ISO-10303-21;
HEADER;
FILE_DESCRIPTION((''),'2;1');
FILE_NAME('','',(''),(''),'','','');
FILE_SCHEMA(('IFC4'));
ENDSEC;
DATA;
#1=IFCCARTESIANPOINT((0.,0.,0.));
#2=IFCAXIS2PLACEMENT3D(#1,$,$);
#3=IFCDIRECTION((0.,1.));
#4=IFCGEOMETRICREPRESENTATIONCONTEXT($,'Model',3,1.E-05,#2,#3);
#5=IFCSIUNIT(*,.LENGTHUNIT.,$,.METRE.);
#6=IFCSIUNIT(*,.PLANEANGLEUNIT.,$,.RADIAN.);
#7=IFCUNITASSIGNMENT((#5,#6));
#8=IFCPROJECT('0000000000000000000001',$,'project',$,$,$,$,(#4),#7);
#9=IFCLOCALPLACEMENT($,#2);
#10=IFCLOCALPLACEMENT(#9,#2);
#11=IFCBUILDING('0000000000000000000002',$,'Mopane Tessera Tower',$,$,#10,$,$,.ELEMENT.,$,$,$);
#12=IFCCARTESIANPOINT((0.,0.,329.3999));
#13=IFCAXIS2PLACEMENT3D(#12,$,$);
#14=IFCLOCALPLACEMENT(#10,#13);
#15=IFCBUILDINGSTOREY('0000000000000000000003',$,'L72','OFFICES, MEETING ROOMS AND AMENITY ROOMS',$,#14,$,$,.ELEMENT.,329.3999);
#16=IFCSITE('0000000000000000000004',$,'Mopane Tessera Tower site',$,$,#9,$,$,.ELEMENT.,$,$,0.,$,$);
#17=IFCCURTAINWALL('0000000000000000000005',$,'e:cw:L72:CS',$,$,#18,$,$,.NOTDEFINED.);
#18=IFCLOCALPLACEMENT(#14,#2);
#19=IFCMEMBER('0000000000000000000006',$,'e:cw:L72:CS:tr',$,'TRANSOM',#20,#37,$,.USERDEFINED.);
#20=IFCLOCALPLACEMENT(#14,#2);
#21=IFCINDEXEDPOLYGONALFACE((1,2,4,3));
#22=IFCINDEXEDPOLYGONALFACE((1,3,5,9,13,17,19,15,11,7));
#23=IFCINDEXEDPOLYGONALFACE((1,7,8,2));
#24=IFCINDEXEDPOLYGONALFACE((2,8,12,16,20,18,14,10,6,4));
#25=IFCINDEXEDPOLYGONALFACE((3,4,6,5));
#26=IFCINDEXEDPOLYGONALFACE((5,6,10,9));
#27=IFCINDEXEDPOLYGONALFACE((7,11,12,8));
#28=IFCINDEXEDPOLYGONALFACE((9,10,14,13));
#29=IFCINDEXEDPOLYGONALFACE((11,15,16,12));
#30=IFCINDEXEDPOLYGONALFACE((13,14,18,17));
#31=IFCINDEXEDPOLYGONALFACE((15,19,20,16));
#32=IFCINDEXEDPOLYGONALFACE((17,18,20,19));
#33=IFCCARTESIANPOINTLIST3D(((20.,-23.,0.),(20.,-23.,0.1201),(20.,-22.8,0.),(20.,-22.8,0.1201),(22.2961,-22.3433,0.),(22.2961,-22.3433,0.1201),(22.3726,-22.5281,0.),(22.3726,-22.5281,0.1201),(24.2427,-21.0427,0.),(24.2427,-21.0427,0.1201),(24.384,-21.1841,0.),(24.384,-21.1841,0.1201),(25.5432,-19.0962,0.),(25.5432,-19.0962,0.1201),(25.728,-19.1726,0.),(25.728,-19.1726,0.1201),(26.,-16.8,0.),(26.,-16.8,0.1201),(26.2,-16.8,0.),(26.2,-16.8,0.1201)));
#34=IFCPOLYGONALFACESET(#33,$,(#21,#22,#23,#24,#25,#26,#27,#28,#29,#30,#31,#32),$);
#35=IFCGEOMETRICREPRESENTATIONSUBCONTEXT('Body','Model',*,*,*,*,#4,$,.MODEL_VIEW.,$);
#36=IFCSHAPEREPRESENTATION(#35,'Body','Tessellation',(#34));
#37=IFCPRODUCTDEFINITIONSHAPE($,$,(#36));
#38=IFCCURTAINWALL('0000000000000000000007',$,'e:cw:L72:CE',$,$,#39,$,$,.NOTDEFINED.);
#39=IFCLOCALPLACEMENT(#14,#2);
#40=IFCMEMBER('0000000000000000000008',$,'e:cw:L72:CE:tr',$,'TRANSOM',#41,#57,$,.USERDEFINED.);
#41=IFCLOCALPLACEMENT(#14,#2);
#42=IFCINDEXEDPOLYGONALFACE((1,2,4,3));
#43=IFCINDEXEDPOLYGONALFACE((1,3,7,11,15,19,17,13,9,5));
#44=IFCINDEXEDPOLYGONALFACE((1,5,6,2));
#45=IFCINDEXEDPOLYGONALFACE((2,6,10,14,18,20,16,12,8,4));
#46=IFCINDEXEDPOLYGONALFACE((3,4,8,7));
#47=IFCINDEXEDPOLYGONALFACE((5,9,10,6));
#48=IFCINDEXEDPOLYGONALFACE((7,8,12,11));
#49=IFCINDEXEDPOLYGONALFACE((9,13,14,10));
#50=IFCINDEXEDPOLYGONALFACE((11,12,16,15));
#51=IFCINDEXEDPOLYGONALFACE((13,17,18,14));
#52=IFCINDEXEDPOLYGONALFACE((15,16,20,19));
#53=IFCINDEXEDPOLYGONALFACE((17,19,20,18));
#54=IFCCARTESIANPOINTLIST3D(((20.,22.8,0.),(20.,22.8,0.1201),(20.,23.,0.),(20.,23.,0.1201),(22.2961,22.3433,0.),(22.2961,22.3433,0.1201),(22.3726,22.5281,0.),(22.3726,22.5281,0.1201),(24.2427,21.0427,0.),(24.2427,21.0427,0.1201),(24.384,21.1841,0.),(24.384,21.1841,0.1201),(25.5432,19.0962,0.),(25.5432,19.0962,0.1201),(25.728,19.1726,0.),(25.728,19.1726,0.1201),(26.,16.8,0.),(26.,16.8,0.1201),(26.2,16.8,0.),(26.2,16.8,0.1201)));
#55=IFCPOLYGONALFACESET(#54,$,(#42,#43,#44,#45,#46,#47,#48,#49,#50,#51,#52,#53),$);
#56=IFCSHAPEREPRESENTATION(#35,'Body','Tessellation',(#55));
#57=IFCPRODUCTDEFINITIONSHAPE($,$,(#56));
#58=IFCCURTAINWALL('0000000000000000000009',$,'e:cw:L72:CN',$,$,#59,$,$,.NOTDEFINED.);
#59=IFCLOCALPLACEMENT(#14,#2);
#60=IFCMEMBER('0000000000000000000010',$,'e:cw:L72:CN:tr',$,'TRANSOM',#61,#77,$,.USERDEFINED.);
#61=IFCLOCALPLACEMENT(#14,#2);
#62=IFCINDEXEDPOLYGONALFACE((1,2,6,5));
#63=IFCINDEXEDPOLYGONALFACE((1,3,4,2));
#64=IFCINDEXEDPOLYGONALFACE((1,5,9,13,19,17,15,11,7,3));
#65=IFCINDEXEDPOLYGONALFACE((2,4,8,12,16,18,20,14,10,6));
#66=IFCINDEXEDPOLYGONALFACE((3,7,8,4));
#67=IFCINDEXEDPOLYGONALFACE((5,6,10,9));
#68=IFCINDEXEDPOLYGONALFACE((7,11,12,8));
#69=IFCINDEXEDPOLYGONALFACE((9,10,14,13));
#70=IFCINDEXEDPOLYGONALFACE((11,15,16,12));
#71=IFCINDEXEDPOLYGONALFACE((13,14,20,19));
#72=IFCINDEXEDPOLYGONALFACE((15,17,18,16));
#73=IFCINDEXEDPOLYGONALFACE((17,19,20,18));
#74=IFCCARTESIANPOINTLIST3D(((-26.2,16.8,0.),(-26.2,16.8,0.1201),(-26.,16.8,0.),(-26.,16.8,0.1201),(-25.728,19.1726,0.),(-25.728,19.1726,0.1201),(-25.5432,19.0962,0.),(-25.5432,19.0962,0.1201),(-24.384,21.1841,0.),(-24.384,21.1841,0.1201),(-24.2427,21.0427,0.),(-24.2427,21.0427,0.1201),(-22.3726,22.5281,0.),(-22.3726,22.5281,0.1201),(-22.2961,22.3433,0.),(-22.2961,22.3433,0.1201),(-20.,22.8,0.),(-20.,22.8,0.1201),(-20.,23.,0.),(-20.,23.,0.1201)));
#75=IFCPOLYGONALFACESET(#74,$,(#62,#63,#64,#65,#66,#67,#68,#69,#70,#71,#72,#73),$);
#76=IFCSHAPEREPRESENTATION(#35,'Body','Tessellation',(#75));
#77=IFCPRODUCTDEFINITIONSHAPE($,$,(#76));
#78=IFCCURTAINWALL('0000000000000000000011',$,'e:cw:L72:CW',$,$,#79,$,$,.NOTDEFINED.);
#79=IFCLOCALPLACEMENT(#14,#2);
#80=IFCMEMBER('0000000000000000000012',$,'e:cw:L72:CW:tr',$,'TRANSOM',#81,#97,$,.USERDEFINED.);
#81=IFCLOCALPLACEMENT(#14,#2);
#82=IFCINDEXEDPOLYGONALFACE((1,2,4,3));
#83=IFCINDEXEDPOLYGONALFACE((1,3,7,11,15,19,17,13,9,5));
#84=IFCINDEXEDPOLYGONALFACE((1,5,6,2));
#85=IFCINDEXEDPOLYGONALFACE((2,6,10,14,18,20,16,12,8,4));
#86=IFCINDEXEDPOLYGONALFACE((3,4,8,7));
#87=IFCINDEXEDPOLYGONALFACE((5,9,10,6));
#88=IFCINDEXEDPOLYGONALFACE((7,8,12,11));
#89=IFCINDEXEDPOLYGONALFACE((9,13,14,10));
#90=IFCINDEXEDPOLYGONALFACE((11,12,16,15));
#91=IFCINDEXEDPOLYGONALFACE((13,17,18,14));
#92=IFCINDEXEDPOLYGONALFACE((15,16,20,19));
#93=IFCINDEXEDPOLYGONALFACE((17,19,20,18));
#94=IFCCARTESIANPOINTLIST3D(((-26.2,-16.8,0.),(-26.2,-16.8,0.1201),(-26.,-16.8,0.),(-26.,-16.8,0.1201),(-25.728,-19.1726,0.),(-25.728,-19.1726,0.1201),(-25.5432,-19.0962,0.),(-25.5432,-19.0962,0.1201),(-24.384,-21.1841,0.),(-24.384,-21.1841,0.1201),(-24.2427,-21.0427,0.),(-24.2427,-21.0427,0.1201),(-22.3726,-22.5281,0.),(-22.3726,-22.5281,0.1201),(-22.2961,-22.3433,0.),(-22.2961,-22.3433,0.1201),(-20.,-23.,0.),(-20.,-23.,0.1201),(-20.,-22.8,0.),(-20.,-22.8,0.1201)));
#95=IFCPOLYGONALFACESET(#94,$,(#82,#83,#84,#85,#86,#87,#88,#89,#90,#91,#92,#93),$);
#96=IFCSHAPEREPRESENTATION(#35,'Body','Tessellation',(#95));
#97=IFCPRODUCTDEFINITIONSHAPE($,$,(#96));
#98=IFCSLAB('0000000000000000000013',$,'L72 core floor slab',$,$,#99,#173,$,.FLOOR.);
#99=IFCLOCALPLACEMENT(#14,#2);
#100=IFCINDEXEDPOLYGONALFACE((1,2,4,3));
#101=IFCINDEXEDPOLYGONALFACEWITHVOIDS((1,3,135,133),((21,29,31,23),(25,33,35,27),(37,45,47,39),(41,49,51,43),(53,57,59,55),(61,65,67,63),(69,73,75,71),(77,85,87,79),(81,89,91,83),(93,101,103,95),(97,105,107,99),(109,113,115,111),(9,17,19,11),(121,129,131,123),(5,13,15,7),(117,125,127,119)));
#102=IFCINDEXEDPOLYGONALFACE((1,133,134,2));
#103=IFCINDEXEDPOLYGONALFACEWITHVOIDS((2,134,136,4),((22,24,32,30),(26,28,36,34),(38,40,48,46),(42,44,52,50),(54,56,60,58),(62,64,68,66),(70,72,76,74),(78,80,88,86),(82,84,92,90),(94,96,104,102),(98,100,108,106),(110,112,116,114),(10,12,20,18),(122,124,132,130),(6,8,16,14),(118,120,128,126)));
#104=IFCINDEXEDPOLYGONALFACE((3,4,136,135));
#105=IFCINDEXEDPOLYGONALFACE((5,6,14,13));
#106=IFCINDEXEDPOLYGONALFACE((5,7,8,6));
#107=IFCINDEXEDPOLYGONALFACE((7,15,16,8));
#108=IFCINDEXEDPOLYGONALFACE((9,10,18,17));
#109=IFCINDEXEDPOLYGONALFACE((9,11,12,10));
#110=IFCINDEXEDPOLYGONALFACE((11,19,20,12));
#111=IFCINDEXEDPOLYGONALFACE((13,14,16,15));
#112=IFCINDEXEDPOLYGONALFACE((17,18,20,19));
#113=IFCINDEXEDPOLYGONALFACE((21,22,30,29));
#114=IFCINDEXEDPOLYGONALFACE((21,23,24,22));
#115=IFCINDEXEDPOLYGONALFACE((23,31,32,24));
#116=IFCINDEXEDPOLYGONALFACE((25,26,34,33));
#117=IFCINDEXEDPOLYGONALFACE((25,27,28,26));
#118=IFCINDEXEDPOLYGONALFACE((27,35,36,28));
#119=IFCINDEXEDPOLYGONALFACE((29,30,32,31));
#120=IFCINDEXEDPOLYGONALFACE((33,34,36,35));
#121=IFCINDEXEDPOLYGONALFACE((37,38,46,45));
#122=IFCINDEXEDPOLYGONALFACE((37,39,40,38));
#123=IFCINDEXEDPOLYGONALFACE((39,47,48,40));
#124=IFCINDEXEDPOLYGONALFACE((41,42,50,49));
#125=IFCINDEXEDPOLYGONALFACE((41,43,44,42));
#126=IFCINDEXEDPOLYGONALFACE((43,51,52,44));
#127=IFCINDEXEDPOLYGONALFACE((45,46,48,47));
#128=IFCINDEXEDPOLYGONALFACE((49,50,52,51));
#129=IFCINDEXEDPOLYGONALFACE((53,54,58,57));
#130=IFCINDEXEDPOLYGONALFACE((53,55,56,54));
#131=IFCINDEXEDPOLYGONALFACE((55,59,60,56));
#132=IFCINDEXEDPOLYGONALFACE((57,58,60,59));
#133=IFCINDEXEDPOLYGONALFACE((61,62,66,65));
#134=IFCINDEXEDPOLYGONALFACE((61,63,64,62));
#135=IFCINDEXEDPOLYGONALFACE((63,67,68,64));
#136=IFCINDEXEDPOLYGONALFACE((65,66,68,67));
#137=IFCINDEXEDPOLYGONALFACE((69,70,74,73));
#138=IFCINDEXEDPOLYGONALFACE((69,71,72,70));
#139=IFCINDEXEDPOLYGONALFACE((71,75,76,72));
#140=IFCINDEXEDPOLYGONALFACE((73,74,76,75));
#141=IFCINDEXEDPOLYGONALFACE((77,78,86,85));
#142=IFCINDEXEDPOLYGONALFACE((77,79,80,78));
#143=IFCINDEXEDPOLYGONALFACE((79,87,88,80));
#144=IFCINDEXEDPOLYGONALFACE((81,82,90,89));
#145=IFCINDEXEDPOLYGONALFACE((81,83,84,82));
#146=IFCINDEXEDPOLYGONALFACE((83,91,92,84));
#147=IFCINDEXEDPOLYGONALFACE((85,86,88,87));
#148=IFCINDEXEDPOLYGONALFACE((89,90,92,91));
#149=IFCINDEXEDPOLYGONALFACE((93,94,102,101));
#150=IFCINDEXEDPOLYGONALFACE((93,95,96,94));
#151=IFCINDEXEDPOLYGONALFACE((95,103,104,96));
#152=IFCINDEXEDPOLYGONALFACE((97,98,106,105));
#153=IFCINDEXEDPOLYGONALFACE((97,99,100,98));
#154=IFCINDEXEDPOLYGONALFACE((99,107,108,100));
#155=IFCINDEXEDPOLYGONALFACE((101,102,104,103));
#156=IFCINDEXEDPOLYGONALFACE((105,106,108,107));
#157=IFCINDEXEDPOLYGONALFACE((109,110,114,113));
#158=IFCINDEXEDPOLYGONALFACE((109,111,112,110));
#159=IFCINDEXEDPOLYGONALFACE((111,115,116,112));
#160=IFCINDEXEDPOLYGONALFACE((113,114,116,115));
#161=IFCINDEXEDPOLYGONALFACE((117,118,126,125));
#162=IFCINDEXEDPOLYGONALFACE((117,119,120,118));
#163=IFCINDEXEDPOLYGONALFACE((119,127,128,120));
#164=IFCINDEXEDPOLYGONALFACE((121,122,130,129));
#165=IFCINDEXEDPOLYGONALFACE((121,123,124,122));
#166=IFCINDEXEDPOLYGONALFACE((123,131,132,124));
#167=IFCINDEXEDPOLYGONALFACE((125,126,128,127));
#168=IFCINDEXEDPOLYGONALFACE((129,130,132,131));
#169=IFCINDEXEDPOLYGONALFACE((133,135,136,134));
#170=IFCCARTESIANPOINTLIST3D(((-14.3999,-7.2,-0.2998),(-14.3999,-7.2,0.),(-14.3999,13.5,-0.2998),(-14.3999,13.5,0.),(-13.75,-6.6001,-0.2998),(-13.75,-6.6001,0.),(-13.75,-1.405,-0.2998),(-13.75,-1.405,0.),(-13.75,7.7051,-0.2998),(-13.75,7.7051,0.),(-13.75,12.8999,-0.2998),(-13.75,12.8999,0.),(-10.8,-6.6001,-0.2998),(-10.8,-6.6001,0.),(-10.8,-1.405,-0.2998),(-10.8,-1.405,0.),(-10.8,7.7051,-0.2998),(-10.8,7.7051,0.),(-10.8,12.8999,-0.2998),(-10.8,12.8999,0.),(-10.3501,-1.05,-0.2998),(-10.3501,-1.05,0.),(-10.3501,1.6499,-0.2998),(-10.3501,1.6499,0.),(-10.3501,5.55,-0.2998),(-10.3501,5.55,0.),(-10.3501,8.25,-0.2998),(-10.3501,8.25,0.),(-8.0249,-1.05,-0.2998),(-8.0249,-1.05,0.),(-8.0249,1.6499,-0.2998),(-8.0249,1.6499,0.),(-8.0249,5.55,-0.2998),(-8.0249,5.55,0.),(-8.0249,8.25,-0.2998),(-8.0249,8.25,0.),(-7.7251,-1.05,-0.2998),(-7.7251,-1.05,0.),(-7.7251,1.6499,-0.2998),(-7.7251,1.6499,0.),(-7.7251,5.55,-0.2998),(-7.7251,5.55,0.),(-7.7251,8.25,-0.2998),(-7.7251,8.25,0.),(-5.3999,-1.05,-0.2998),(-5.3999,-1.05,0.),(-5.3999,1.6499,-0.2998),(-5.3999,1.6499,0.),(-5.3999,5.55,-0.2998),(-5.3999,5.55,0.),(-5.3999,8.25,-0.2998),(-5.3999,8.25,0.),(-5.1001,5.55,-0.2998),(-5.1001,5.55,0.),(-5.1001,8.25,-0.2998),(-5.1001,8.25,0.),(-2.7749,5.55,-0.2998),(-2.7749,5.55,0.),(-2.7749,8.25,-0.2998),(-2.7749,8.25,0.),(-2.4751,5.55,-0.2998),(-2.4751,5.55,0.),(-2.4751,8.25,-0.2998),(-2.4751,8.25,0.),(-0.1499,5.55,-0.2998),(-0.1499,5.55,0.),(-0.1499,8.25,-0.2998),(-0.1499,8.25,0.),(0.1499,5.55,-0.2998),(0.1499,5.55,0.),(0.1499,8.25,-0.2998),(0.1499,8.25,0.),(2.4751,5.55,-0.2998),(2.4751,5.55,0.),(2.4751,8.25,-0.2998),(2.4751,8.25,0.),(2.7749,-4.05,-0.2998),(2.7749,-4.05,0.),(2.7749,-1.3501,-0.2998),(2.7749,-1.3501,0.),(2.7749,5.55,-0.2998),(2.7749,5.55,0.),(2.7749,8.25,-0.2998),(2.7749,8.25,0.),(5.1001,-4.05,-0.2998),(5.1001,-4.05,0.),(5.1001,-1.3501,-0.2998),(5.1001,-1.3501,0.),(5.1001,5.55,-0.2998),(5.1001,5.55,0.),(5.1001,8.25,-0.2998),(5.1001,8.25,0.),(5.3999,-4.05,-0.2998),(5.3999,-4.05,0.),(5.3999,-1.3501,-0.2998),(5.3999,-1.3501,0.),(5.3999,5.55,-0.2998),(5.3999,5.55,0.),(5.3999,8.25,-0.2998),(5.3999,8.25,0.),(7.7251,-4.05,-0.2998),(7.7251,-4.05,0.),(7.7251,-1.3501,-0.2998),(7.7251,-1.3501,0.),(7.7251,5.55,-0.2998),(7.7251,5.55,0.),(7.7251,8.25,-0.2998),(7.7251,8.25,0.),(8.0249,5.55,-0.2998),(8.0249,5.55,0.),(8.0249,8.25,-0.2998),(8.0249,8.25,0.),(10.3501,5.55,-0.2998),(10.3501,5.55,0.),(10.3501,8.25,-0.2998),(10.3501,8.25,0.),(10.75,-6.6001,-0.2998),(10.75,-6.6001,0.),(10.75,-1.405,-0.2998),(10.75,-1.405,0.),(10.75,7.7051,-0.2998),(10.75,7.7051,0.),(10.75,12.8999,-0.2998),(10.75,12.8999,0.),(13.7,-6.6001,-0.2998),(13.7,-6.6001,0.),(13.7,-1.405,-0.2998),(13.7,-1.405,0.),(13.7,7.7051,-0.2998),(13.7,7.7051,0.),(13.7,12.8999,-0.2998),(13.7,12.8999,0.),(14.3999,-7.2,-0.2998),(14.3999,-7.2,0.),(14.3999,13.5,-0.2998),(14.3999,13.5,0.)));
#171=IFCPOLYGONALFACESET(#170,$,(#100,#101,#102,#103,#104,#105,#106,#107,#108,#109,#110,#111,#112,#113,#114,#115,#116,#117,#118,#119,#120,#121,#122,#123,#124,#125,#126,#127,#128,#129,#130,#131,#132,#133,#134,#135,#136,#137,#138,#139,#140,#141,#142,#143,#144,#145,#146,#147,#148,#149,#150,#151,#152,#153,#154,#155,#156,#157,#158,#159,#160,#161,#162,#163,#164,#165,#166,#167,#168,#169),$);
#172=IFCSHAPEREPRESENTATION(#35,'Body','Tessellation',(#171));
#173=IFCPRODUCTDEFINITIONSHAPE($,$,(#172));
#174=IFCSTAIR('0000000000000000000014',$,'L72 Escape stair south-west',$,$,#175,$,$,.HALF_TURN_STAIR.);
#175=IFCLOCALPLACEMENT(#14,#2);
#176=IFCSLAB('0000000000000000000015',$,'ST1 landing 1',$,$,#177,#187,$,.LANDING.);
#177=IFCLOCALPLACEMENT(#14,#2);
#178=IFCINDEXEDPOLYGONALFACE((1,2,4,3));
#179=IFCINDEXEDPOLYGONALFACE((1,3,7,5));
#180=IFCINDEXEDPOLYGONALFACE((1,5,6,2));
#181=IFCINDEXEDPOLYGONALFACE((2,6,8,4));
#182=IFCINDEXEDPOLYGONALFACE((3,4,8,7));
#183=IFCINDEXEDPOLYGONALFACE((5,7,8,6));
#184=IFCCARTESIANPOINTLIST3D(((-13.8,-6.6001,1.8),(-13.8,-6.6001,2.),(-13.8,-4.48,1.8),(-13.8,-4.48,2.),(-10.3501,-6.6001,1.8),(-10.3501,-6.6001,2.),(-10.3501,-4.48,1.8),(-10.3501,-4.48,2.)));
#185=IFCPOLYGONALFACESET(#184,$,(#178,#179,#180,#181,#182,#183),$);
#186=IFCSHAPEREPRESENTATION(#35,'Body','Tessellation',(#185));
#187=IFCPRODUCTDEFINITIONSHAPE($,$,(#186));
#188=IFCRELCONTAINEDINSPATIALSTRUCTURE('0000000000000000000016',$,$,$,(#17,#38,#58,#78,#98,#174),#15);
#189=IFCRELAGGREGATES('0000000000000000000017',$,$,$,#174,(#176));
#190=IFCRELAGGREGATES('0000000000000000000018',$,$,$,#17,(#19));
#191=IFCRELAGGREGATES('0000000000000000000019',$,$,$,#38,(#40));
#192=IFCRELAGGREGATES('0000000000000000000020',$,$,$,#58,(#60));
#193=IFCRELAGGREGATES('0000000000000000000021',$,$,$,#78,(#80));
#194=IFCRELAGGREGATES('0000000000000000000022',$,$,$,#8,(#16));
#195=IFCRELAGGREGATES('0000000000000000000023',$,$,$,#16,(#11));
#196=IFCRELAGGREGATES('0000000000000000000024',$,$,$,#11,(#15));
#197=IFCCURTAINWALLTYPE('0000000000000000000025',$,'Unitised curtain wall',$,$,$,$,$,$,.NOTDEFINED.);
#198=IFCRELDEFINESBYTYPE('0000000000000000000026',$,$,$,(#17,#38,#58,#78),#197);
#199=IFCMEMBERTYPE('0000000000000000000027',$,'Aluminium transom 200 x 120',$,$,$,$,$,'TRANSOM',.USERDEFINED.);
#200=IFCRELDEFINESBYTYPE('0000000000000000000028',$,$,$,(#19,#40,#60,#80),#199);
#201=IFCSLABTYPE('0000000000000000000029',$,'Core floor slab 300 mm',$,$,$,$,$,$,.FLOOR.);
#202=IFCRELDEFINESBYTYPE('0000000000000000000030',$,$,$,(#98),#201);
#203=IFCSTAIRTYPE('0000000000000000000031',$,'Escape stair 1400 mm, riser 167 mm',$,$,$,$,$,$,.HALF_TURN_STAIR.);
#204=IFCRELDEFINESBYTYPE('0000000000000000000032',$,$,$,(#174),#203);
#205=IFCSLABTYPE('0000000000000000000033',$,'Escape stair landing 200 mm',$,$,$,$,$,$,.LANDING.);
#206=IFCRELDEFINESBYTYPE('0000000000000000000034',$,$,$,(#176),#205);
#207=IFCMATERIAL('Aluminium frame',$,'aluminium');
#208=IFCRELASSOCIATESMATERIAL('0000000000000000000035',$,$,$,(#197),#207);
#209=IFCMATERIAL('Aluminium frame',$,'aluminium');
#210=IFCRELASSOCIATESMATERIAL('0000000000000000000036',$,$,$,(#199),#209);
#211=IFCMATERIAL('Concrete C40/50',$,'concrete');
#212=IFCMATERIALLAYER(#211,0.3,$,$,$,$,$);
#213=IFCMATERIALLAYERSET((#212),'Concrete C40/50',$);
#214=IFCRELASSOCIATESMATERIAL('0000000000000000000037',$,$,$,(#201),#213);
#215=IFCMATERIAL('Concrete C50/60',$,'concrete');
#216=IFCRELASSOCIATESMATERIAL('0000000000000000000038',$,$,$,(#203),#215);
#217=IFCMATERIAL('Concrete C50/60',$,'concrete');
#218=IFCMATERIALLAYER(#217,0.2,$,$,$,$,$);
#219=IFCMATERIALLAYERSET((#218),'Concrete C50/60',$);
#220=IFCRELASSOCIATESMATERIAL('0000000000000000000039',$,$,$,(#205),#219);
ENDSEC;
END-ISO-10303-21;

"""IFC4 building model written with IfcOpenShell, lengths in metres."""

from ifc_helpers import new_model, si_unit, direction, frame, origin, origin_2d, place, context, subcontext, project, spatial, polyline, rectangle, outline, extrude, material, layer, layer_set, material_profile, profile_set, type_object, element, aggregate, save


model = new_model("IFC4")

# Units and contexts
model_context = context("Model", 3, precision=1e-05, world=origin(), true_north=direction((0.0, 1.0)))
body_context = subcontext(model_context, "Body", "Model", "MODEL_VIEW")
ifc_project = project(units=[si_unit("LENGTHUNIT", "METRE"), si_unit("PLANEANGLEUNIT", "RADIAN")], contexts=[model_context])

# Site, building, storey
site_placement = place(None, origin())
site = spatial("IfcSite", under=ifc_project, at=site_placement, Name="Mopane Tessera Tower site", CompositionType="ELEMENT", RefElevation=0.0)
building_placement = place(site_placement, origin())
building = spatial("IfcBuilding", under=site, at=building_placement, Name="Mopane Tessera Tower", CompositionType="ELEMENT")
storey_placement = place(building_placement, frame((0.0, 0.0, 329.3999)))
storey = spatial("IfcBuildingStorey", under=building, at=storey_placement, Name="L72", Description="OFFICES, MEETING ROOMS AND AMENITY ROOMS", CompositionType="ELEMENT", Elevation=329.3999)

# Curtain walls, members
ifc_material_1 = material(Name="Aluminium frame", Category="aluminium")
curtain_wall_type = type_object("IfcCurtainWallType", Name="Unitised curtain wall", PredefinedType="NOTDEFINED", material=ifc_material_1)
curtain_wall_1_placement = place(storey_placement, origin())
curtain_wall_1 = element("IfcCurtainWall", 1, at=curtain_wall_1_placement, inside=storey, type_object=curtain_wall_type, Name="e:cw:L72:CS", PredefinedType="NOTDEFINED")
ifc_material_2 = material(Name="Aluminium frame", Category="aluminium")
ifc_material_profile = material_profile(ifc_material_2, rectangle(XDim=0.2, YDim=0.1201, at=origin_2d()))
ifc_profile_set = profile_set([ifc_material_profile], Name="Aluminium frame")
member_type = type_object("IfcMemberType", Name="Aluminium transom 200 x 120", ElementType="TRANSOM", PredefinedType="USERDEFINED", material=ifc_profile_set)
member_1_placement = place(storey_placement, origin())
member_1 = element("IfcMember", 2, at=member_1_placement, type_object=member_type, Name="e:cw:L72:CS:tr", ObjectType="TRANSOM", PredefinedType="USERDEFINED", context=body_context, shape_type="SweptSolid", body=[
    extrude(outline(polyline([(20.0, -22.8), (22.2961, -22.3433), (24.2427, -21.0427), (25.5432, -19.0962), (26.0, -16.8), (26.2, -16.8), (25.728, -19.1726), (24.384, -21.1841), (22.3726, -22.5281), (20.0, -23.0), (20.0, -22.8)])), origin(), (0.0, 0.0, 1.0), 0.1201),
])
curtain_wall_2_placement = place(storey_placement, origin())
curtain_wall_2 = element("IfcCurtainWall", 3, at=curtain_wall_2_placement, inside=storey, type_object=curtain_wall_type, Name="e:cw:L72:CE", PredefinedType="NOTDEFINED")
member_2_placement = place(storey_placement, origin())
member_2 = element("IfcMember", 4, at=member_2_placement, type_object=member_type, Name="e:cw:L72:CE:tr", ObjectType="TRANSOM", PredefinedType="USERDEFINED", context=body_context, shape_type="SweptSolid", body=[
    extrude(outline(polyline([(26.0, 16.8), (25.5432, 19.0962), (24.2427, 21.0427), (22.2961, 22.3433), (20.0, 22.8), (20.0, 23.0), (22.3726, 22.5281), (24.384, 21.1841), (25.728, 19.1726), (26.2, 16.8), (26.0, 16.8)])), origin(), (0.0, 0.0, 1.0), 0.1201),
])
curtain_wall_3_placement = place(storey_placement, origin())
curtain_wall_3 = element("IfcCurtainWall", 5, at=curtain_wall_3_placement, inside=storey, type_object=curtain_wall_type, Name="e:cw:L72:CN", PredefinedType="NOTDEFINED")
member_3_placement = place(storey_placement, origin())
member_3 = element("IfcMember", 6, at=member_3_placement, type_object=member_type, Name="e:cw:L72:CN:tr", ObjectType="TRANSOM", PredefinedType="USERDEFINED", context=body_context, shape_type="SweptSolid", body=[
    extrude(outline(polyline([(-20.0, 22.8), (-22.2961, 22.3433), (-24.2427, 21.0427), (-25.5432, 19.0962), (-26.0, 16.8), (-26.2, 16.8), (-25.728, 19.1726), (-24.384, 21.1841), (-22.3726, 22.5281), (-20.0, 23.0), (-20.0, 22.8)])), origin(), (0.0, 0.0, 1.0), 0.1201),
])
curtain_wall_4_placement = place(storey_placement, origin())
curtain_wall_4 = element("IfcCurtainWall", 7, at=curtain_wall_4_placement, inside=storey, type_object=curtain_wall_type, Name="e:cw:L72:CW", PredefinedType="NOTDEFINED")
member_4_placement = place(storey_placement, origin())
member_4 = element("IfcMember", 8, at=member_4_placement, type_object=member_type, Name="e:cw:L72:CW:tr", ObjectType="TRANSOM", PredefinedType="USERDEFINED", context=body_context, shape_type="SweptSolid", body=[
    extrude(outline(polyline([(-26.0, -16.8), (-25.5432, -19.0962), (-24.2427, -21.0427), (-22.2961, -22.3433), (-20.0, -22.8), (-20.0, -23.0), (-22.3726, -22.5281), (-24.384, -21.1841), (-25.728, -19.1726), (-26.2, -16.8), (-26.0, -16.8)])), origin(), (0.0, 0.0, 1.0), 0.1201),
])

# Slab
ifc_material_3 = material(Name="Concrete C40/50", Category="concrete")
ifc_layer_1 = layer(ifc_material_3, 0.3)
ifc_layer_set_1 = layer_set([ifc_layer_1], Name="Concrete C40/50")
slab_type_1 = type_object("IfcSlabType", Name="Core floor slab 300 mm", PredefinedType="FLOOR", material=ifc_layer_set_1)
slab_1_placement = place(storey_placement, frame((0.0, 0.0, -0.2998)))
element("IfcSlab", 9, at=slab_1_placement, inside=storey, type_object=slab_type_1, Name="L72 core floor slab", PredefinedType="FLOOR", context=body_context, shape_type="SweptSolid", body=[
    extrude(outline(polyline([(-14.3999, -7.2), (14.3999, -7.2), (14.3999, 13.5), (-14.3999, 13.5), (-14.3999, -7.2)]), holes=[polyline([(-10.3501, -1.05), (-8.0249, -1.05), (-8.0249, 1.6499), (-10.3501, 1.6499), (-10.3501, -1.05)]), polyline([(-7.7251, -1.05), (-5.3999, -1.05), (-5.3999, 1.6499), (-7.7251, 1.6499), (-7.7251, -1.05)]), polyline([(-10.3501, 5.55), (-8.0249, 5.55), (-8.0249, 8.25), (-10.3501, 8.25), (-10.3501, 5.55)]), polyline([(-7.7251, 5.55), (-5.3999, 5.55), (-5.3999, 8.25), (-7.7251, 8.25), (-7.7251, 5.55)]), polyline([(-5.1001, 5.55), (-2.7749, 5.55), (-2.7749, 8.25), (-5.1001, 8.25), (-5.1001, 5.55)]), polyline([(-2.4751, 5.55), (-0.1499, 5.55), (-0.1499, 8.25), (-2.4751, 8.25), (-2.4751, 5.55)]), polyline([(0.1499, 5.55), (2.4751, 5.55), (2.4751, 8.25), (0.1499, 8.25), (0.1499, 5.55)]), polyline([(2.7749, 5.55), (5.1001, 5.55), (5.1001, 8.25), (2.7749, 8.25), (2.7749, 5.55)]), polyline([(5.3999, 5.55), (7.7251, 5.55), (7.7251, 8.25), (5.3999, 8.25), (5.3999, 5.55)]), polyline([(8.0249, 5.55), (10.3501, 5.55), (10.3501, 8.25), (8.0249, 8.25), (8.0249, 5.55)]), polyline([(2.7749, -4.05), (5.1001, -4.05), (5.1001, -1.3501), (2.7749, -1.3501), (2.7749, -4.05)]), polyline([(5.3999, -4.05), (7.7251, -4.05), (7.7251, -1.3501), (5.3999, -1.3501), (5.3999, -4.05)]), polyline([(-13.75, -1.405), (-13.75, -6.6001), (-10.8, -6.6001), (-10.8, -1.405), (-13.75, -1.405)]), polyline([(-10.8, 7.7051), (-10.8, 12.8999), (-13.75, 12.8999), (-13.75, 7.7051), (-10.8, 7.7051)]), polyline([(10.75, -1.405), (10.75, -6.6001), (13.7, -6.6001), (13.7, -1.405), (10.75, -1.405)]), polyline([(13.7, 7.7051), (13.7, 12.8999), (10.75, 12.8999), (10.75, 7.7051), (13.7, 7.7051)])]), origin(), (0.0, 0.0, 1.0), 0.2998),
])

# Stair, slab
ifc_material_4 = material(Name="Concrete C50/60", Category="concrete")
stair_type = type_object("IfcStairType", Name="Escape stair 1400 mm, riser 167 mm", PredefinedType="HALF_TURN_STAIR", material=ifc_material_4)
stair_1_placement = place(storey_placement, origin())
stair_1 = element("IfcStair", 10, at=stair_1_placement, inside=storey, type_object=stair_type, Name="L72 Escape stair south-west", PredefinedType="HALF_TURN_STAIR")
ifc_material_5 = material(Name="Concrete C50/60", Category="concrete")
ifc_layer_2 = layer(ifc_material_5, 0.2)
ifc_layer_set_2 = layer_set([ifc_layer_2], Name="Concrete C50/60")
slab_type_2 = type_object("IfcSlabType", Name="Escape stair landing 200 mm", PredefinedType="LANDING", material=ifc_layer_set_2)
slab_2_placement = place(storey_placement, frame((0.0, 0.0, 1.8)))
slab_2 = element("IfcSlab", 11, at=slab_2_placement, type_object=slab_type_2, Name="ST1 landing 1", PredefinedType="LANDING", context=body_context, shape_type="SweptSolid", body=[
    extrude(outline(polyline([(-13.8, -4.48), (-13.8, -6.6001), (-10.3501, -6.6001), (-10.3501, -4.48), (-13.8, -4.48)])), origin(), (0.0, 0.0, 1.0), 0.2),
])
aggregate(stair_1, [slab_2])

aggregate(curtain_wall_1, [member_1])
aggregate(curtain_wall_2, [member_2])
aggregate(curtain_wall_3, [member_3])
aggregate(curtain_wall_4, [member_4])

save(model, "model.ifc")
